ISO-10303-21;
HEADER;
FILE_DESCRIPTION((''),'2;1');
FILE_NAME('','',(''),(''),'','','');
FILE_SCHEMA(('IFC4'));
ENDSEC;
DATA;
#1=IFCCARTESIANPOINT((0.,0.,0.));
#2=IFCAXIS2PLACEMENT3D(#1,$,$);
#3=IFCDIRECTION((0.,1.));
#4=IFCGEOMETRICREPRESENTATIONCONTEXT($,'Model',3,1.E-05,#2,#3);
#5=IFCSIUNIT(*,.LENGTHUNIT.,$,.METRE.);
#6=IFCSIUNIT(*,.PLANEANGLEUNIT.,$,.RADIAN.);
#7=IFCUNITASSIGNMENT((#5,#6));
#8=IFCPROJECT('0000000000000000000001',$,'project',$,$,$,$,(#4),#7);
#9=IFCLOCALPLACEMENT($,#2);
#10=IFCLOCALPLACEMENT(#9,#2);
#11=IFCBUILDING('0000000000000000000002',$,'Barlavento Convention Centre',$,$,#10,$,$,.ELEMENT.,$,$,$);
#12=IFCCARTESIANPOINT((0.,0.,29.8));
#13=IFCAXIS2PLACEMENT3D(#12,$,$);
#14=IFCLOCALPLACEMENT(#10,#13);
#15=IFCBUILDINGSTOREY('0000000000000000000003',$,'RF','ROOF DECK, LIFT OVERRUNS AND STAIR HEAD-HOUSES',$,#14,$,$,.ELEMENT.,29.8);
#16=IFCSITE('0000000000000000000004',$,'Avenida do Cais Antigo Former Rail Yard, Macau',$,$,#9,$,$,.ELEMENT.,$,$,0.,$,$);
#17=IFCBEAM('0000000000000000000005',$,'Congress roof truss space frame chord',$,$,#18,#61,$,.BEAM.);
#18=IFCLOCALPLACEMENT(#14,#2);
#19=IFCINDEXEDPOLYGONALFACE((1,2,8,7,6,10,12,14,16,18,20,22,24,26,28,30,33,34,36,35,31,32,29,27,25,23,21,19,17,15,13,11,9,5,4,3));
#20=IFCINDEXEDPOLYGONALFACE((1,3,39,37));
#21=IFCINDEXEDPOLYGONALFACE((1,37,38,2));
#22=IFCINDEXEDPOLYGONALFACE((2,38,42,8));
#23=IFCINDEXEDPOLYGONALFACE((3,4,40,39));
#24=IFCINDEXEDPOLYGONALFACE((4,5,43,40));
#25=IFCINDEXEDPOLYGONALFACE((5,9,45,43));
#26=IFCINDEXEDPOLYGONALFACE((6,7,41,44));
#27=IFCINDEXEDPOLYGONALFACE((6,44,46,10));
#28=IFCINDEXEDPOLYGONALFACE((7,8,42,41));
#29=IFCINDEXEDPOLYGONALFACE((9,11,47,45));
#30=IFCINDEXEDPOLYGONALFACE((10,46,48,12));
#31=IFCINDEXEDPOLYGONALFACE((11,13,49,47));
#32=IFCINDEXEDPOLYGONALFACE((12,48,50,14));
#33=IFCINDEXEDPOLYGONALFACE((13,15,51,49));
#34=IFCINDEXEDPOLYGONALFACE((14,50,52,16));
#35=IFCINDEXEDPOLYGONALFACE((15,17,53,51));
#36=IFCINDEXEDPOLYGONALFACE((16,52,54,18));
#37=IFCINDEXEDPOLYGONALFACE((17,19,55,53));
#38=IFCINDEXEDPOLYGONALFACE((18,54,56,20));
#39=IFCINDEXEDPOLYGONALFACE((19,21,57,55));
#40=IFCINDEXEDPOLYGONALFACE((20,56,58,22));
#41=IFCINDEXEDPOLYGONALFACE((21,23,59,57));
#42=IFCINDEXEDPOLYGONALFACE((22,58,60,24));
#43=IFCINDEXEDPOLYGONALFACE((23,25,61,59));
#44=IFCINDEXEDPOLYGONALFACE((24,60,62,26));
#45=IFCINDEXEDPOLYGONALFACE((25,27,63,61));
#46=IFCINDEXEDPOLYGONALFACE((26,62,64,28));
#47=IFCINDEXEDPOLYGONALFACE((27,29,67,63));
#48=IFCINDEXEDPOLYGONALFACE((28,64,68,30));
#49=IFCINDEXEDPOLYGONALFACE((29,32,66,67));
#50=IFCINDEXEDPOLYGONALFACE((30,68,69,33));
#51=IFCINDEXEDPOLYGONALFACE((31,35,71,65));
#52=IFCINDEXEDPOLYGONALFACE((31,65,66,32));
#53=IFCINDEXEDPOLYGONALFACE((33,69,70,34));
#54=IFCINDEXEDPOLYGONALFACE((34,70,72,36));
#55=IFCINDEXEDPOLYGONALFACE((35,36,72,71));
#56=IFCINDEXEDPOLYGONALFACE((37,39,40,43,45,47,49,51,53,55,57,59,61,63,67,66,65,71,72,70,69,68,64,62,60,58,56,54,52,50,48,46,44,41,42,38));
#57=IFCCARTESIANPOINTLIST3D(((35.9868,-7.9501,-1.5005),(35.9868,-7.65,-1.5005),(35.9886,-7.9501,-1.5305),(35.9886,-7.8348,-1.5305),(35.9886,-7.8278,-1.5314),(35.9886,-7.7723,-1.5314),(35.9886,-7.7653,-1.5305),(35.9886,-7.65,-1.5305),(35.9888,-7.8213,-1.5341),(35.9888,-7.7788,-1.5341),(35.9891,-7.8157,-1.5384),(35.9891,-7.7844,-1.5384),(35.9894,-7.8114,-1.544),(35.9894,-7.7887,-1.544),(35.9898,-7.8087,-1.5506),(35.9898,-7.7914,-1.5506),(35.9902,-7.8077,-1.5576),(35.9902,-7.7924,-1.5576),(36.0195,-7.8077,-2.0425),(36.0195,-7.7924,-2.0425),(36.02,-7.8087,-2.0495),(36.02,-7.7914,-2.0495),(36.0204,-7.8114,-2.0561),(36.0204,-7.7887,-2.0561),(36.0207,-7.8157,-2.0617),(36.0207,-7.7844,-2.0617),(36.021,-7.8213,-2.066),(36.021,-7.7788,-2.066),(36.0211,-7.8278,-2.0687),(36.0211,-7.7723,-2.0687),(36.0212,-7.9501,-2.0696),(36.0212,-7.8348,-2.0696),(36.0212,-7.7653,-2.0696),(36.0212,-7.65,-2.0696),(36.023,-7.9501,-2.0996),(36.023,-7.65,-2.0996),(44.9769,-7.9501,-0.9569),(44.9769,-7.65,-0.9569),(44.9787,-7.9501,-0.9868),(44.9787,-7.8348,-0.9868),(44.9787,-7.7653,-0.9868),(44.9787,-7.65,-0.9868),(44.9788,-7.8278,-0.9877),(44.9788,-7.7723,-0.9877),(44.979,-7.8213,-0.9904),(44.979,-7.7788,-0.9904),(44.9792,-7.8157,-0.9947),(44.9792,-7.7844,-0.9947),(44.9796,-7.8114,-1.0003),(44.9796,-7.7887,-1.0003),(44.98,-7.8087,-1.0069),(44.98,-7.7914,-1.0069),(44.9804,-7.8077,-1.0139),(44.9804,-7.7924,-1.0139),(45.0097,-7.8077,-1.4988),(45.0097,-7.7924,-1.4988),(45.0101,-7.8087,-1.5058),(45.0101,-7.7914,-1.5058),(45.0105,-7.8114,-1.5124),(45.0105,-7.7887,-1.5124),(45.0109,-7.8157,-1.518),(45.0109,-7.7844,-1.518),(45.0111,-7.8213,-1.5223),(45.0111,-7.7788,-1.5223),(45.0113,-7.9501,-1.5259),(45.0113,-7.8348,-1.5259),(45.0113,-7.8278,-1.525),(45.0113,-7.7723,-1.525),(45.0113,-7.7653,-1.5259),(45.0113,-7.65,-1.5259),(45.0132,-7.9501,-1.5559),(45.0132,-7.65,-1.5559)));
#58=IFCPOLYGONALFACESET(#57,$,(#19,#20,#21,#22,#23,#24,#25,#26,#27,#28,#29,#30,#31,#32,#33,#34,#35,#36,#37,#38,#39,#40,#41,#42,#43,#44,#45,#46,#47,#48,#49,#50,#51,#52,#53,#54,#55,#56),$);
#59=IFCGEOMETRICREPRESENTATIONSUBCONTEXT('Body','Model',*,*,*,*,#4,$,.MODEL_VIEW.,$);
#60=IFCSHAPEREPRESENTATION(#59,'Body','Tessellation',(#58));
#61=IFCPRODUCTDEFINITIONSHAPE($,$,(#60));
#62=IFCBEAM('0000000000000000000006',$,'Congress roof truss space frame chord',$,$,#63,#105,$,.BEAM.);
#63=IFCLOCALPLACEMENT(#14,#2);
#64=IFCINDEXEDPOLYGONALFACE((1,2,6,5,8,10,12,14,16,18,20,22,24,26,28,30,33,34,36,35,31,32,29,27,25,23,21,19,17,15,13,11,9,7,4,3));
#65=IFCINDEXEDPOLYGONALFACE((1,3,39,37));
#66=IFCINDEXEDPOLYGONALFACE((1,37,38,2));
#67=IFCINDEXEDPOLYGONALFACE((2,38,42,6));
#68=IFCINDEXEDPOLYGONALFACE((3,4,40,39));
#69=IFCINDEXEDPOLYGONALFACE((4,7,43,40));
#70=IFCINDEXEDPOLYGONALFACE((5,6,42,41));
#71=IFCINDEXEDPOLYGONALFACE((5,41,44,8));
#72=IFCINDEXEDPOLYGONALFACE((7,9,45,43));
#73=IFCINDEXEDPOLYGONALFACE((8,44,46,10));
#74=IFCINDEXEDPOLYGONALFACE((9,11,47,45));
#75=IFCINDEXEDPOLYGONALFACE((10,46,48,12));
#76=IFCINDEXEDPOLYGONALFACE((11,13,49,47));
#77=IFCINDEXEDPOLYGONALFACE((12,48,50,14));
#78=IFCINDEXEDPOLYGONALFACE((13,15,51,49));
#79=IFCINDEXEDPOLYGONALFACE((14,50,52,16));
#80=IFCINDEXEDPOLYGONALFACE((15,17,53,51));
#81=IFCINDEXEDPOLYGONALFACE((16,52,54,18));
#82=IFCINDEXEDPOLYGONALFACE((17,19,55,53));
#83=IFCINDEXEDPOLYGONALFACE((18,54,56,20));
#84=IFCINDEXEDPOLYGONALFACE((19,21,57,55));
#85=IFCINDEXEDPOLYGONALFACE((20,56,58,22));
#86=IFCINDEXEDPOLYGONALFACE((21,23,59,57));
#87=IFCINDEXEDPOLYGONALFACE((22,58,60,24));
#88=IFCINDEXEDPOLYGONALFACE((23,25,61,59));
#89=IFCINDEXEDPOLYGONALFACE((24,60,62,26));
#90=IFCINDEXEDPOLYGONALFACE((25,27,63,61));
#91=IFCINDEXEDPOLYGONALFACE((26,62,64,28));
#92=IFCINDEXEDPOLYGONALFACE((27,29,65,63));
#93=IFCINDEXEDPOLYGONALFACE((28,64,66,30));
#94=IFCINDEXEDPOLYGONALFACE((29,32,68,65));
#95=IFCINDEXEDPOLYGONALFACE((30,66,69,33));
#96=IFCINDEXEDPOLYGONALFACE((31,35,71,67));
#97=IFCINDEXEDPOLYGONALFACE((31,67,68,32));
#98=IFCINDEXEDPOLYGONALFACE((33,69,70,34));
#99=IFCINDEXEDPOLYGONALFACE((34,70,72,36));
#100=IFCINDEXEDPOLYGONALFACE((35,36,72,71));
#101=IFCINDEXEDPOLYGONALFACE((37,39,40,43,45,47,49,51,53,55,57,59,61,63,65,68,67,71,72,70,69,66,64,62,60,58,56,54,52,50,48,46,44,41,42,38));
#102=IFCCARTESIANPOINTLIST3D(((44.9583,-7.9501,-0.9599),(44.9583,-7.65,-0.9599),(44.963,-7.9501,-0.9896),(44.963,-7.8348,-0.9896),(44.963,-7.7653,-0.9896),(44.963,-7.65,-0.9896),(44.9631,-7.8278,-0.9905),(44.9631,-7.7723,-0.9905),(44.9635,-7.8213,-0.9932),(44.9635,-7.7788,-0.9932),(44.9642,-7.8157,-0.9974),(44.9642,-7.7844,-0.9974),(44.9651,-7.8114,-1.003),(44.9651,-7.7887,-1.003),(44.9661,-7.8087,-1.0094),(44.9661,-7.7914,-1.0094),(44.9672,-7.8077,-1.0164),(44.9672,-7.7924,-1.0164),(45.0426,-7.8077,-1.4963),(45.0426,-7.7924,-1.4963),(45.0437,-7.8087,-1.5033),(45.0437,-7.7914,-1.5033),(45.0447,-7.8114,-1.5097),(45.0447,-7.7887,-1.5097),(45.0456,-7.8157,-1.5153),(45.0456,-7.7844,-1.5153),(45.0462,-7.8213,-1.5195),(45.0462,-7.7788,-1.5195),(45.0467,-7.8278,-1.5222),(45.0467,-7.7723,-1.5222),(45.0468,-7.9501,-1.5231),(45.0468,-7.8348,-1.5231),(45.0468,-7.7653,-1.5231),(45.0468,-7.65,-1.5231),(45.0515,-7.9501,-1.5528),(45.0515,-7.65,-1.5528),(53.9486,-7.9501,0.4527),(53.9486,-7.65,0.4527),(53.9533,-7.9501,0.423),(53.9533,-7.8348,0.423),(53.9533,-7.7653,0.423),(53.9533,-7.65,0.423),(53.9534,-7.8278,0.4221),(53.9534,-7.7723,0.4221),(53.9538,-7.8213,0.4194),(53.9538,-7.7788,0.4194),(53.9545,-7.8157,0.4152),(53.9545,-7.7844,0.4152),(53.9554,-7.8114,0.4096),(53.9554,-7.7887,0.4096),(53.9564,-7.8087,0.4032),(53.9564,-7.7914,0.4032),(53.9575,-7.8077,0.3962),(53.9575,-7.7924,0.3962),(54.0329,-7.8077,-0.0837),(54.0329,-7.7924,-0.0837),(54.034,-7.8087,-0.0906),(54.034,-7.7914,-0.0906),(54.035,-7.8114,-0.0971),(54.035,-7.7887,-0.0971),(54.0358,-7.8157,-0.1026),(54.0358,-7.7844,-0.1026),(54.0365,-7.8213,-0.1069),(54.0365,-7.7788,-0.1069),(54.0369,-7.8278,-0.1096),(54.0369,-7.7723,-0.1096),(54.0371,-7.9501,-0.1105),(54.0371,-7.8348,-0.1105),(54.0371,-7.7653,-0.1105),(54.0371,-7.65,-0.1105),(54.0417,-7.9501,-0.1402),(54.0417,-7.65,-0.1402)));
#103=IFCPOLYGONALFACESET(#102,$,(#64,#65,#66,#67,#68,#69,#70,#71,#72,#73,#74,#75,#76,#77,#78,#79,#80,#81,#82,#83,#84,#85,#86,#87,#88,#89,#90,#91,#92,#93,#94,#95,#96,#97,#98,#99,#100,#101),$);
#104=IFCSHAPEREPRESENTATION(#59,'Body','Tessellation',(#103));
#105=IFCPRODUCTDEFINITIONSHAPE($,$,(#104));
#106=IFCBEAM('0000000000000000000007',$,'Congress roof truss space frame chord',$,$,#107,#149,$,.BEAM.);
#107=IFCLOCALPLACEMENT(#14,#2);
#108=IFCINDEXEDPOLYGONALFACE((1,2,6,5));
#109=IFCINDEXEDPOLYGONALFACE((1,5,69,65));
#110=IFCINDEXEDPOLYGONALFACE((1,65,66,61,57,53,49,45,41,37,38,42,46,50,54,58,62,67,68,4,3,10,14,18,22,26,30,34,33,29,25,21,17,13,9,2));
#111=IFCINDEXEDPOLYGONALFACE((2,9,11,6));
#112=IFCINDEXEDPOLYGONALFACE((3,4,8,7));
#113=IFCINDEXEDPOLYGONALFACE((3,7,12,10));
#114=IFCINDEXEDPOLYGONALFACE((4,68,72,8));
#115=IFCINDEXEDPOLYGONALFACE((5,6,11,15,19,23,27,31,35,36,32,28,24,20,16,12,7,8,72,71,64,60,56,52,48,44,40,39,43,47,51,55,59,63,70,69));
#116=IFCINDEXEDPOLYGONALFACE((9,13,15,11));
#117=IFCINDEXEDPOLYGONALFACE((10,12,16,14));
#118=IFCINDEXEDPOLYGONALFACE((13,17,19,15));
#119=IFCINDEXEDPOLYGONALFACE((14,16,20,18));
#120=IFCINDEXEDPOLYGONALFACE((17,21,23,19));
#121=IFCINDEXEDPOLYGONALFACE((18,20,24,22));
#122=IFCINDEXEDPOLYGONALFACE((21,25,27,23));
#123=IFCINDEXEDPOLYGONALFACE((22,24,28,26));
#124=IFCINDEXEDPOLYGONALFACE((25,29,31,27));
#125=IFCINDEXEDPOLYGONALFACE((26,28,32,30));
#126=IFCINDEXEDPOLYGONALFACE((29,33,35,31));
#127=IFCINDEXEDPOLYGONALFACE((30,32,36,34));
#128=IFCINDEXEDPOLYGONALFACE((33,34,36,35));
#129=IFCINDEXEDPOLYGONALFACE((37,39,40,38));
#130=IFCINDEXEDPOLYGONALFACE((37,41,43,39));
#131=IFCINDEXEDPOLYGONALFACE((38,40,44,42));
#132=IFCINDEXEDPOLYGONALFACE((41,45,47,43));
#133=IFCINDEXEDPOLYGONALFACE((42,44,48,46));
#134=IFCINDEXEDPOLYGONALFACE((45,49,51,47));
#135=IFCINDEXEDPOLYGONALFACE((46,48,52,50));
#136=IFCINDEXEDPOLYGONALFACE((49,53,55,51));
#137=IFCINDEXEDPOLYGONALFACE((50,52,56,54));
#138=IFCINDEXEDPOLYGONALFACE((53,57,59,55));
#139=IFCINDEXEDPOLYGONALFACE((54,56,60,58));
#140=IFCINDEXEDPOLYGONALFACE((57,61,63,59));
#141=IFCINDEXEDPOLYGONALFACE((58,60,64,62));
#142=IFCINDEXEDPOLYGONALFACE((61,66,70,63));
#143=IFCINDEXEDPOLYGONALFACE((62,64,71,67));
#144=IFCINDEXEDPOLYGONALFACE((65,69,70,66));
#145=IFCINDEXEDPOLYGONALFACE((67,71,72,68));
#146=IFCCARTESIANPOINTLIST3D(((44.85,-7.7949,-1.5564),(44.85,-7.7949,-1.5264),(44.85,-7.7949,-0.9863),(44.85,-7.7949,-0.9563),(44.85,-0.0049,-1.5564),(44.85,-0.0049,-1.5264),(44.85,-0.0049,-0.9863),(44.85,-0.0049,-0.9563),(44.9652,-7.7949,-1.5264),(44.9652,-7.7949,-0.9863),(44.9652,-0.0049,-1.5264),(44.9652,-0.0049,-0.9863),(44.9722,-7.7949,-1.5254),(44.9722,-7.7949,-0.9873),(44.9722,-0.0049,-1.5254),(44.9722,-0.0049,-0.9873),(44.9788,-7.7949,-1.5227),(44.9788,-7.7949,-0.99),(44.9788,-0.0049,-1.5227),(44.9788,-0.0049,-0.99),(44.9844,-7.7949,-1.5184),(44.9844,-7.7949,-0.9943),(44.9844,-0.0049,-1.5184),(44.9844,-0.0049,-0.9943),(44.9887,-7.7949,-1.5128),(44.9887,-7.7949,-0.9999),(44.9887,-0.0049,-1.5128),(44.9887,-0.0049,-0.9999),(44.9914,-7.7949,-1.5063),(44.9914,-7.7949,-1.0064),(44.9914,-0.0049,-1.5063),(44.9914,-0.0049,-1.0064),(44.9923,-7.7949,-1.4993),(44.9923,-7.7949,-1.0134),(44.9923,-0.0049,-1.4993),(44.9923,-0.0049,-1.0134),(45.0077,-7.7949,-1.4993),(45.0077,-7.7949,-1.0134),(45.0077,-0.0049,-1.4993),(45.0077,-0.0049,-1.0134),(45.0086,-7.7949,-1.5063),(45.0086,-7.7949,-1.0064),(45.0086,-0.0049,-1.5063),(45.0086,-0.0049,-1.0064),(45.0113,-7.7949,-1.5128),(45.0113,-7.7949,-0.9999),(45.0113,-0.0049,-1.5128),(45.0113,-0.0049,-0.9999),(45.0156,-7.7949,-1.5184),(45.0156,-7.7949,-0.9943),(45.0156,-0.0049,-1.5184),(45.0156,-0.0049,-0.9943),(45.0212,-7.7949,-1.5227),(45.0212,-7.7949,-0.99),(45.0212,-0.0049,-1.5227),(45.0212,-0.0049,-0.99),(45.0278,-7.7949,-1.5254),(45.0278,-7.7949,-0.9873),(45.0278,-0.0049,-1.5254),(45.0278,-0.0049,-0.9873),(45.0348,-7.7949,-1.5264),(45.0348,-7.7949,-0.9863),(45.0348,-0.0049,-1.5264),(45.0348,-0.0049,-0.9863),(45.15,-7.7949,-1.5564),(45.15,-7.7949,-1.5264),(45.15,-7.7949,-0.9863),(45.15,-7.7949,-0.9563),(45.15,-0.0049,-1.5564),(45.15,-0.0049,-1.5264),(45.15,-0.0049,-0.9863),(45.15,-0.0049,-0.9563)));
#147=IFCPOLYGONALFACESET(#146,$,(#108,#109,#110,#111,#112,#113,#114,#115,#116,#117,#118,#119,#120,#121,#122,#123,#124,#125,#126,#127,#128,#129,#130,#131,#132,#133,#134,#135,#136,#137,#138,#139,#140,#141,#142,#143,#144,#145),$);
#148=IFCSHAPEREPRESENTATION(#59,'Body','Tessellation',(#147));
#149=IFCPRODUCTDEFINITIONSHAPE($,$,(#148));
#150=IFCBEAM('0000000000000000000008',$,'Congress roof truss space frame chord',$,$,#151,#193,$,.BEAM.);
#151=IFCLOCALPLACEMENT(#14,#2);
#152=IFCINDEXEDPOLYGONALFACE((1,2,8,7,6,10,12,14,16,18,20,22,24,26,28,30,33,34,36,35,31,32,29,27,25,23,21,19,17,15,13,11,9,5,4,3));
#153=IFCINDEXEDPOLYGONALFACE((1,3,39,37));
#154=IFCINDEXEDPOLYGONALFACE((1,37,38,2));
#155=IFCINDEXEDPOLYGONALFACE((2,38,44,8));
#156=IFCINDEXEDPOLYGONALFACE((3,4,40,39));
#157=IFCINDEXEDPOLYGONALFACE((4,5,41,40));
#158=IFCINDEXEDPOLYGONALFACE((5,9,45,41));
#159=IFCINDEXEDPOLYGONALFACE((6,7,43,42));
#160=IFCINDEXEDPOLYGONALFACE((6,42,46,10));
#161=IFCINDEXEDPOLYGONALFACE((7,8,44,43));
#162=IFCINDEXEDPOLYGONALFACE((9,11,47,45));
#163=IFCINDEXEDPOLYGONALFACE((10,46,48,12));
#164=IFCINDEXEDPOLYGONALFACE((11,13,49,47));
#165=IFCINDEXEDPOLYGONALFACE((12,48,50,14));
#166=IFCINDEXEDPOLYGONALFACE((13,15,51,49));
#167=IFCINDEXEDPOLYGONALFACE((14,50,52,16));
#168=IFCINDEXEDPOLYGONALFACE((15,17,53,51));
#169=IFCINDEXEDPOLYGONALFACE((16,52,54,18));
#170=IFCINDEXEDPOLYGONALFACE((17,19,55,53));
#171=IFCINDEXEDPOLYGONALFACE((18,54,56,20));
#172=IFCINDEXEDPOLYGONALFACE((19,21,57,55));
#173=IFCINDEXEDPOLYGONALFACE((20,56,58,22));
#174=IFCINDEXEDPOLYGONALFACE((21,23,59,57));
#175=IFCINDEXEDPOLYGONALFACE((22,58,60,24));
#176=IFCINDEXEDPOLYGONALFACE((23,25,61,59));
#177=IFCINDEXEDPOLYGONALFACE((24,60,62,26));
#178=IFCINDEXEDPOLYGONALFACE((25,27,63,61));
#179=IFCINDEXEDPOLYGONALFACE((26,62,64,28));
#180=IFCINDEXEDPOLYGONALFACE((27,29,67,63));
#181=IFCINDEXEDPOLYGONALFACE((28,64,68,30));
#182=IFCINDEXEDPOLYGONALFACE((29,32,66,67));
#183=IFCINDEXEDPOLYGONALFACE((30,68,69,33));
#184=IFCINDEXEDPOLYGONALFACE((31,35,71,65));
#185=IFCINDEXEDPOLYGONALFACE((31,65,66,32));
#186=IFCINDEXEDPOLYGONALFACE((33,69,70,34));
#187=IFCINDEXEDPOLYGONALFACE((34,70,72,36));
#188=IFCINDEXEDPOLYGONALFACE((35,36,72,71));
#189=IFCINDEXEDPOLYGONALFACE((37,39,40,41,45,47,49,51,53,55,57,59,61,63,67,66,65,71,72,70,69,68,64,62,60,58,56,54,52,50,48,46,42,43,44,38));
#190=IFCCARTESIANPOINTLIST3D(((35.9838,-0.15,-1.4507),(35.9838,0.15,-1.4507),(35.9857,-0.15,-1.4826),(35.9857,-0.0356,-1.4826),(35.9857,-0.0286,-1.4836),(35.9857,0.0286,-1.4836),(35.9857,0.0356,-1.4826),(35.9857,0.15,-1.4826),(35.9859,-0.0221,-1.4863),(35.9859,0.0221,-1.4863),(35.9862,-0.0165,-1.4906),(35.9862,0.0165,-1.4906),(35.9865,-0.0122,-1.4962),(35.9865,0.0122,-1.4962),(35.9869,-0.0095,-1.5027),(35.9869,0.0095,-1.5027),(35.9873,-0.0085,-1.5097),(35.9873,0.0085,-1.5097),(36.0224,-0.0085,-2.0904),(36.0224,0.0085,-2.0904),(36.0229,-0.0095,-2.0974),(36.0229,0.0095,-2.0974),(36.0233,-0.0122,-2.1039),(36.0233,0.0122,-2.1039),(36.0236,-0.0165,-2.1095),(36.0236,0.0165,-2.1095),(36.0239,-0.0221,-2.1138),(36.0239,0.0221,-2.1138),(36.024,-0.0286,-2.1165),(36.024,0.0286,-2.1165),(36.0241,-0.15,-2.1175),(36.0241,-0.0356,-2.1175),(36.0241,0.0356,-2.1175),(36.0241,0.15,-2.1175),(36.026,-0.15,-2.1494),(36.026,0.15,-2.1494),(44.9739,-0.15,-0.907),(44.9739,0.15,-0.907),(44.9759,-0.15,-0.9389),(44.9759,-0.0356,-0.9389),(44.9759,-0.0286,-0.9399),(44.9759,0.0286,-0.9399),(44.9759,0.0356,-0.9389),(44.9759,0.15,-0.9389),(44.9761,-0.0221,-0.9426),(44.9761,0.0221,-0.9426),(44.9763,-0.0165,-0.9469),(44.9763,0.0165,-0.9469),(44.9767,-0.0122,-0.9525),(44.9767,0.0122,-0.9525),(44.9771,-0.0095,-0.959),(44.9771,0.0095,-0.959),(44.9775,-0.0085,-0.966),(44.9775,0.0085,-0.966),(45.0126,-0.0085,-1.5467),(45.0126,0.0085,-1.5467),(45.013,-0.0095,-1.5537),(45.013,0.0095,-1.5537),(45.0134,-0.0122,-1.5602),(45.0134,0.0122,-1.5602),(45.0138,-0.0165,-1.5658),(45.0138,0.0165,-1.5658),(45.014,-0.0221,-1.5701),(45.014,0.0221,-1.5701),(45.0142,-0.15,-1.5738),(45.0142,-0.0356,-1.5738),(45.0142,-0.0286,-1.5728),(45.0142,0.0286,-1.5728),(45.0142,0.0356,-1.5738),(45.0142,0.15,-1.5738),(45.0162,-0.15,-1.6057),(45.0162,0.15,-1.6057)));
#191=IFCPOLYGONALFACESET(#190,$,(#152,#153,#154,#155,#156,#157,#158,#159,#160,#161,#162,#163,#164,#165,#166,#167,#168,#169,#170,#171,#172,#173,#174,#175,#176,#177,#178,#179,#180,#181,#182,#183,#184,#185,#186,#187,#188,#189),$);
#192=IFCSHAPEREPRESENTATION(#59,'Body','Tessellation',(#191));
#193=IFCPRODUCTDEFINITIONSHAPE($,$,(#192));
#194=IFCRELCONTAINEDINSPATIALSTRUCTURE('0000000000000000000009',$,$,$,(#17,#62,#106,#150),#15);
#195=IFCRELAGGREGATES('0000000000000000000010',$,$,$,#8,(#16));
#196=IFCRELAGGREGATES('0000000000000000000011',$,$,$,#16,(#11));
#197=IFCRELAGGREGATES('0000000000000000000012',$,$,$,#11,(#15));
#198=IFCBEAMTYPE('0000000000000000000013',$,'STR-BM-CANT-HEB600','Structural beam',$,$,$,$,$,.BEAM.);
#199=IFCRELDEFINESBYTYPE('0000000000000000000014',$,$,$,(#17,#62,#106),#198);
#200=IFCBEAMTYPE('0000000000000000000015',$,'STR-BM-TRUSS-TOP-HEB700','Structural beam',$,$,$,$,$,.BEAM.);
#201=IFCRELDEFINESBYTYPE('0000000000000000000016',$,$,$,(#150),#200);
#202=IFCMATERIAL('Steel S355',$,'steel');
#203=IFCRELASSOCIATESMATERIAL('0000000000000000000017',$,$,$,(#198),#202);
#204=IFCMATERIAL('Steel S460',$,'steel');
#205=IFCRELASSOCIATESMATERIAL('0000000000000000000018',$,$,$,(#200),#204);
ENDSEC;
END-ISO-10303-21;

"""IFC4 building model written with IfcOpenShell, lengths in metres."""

from ifc_helpers import new_model, si_unit, direction, frame, origin, origin_2d, place, context, subcontext, project, spatial, i_section, extrude, material, material_profile, profile_set, type_object, element, save


model = new_model("IFC4")

# Units and contexts
model_context = context("Model", 3, precision=1e-05, world=origin(), true_north=direction((0.0, 1.0)))
body_context = subcontext(model_context, "Body", "Model", "MODEL_VIEW")
ifc_project = project(units=[si_unit("LENGTHUNIT", "METRE"), si_unit("PLANEANGLEUNIT", "RADIAN")], contexts=[model_context])

# Site, building, storey
site_placement = place(None, origin())
site = spatial("IfcSite", under=ifc_project, at=site_placement, Name="Avenida do Cais Antigo Former Rail Yard, Macau", CompositionType="ELEMENT", RefElevation=0.0)
building_placement = place(site_placement, origin())
building = spatial("IfcBuilding", under=site, at=building_placement, Name="Barlavento Convention Centre", CompositionType="ELEMENT")
storey_placement = place(building_placement, frame((0.0, 0.0, 29.8)))
storey = spatial("IfcBuildingStorey", under=building, at=storey_placement, Name="RF", Description="ROOF DECK, LIFT OVERRUNS AND STAIR HEAD-HOUSES", CompositionType="ELEMENT", Elevation=29.8)

# Beams
ifc_material_1 = material(Name="Steel S355", Category="steel")
ifc_material_profile_1 = material_profile(ifc_material_1, i_section(OverallWidth=0.3, OverallDepth=0.6001, WebThickness=0.0154, FlangeThickness=0.03, FilletRadius=0.0271, at=origin_2d()), Name="HEB 600")
ifc_profile_set_1 = profile_set([ifc_material_profile_1], Name="Steel S355")
beam_type_1 = type_object("IfcBeamType", Name="STR-BM-CANT-HEB600", Description="Structural beam", PredefinedType="BEAM", material=ifc_profile_set_1)
beam_1_placement = place(storey_placement, frame((36.0049, -7.8, -1.8), z_axis=(0.998176, 0.0, 0.060367), x_axis=(0.0, 1.0, 0.0)))
element("IfcBeam", 1, at=beam_1_placement, inside=storey, type_object=beam_type_1, Name="Congress roof truss space frame chord", PredefinedType="BEAM", context=body_context, shape_type="SweptSolid", body=[
    extrude(i_section(OverallWidth=0.3, OverallDepth=0.6001, WebThickness=0.0154, FlangeThickness=0.03, FilletRadius=0.0271, at=origin_2d()), origin(), (0.0, 0.0, 1.0), 9.0066),
])
beam_2_placement = place(storey_placement, frame((45.0049, -7.8, -1.2563), z_axis=(0.98788, 0.0, 0.155221), x_axis=(0.0, 1.0, 0.0)))
element("IfcBeam", 2, at=beam_2_placement, inside=storey, type_object=beam_type_1, Name="Congress roof truss space frame chord", PredefinedType="BEAM", context=body_context, shape_type="SweptSolid", body=[
    extrude(i_section(OverallWidth=0.3, OverallDepth=0.6001, WebThickness=0.0154, FlangeThickness=0.03, FilletRadius=0.0271, at=origin_2d()), origin(), (0.0, 0.0, 1.0), 9.1006),
])
beam_3_placement = place(storey_placement, frame((45.0, -7.7949, -1.2563), z_axis=(0.0, 1.0, 0.0), x_axis=(-1.0, 0.0, 0.0)))
element("IfcBeam", 3, at=beam_3_placement, inside=storey, type_object=beam_type_1, Name="Congress roof truss space frame chord", PredefinedType="BEAM", context=body_context, shape_type="SweptSolid", body=[
    extrude(i_section(OverallWidth=0.3, OverallDepth=0.6001, WebThickness=0.0154, FlangeThickness=0.03, FilletRadius=0.0271, at=origin_2d()), origin(), (0.0, 0.0, 1.0), 7.79),
])
ifc_material_2 = material(Name="Steel S460", Category="steel")
ifc_material_profile_2 = material_profile(ifc_material_2, i_section(OverallWidth=0.3, OverallDepth=0.7, WebThickness=0.0171, FlangeThickness=0.032, FilletRadius=0.0271, at=origin_2d()), Name="HEB 700")
ifc_profile_set_2 = profile_set([ifc_material_profile_2], Name="Steel S460")
beam_type_2 = type_object("IfcBeamType", Name="STR-BM-TRUSS-TOP-HEB700", Description="Structural beam", PredefinedType="BEAM", material=ifc_profile_set_2)
beam_4_placement = place(storey_placement, frame((36.0049, 0.0, -1.8), z_axis=(0.998176, 0.0, 0.060367), x_axis=(0.0, 1.0, 0.0)))
element("IfcBeam", 4, at=beam_4_placement, inside=storey, type_object=beam_type_2, Name="Congress roof truss space frame chord", PredefinedType="BEAM", context=body_context, shape_type="SweptSolid", body=[
    extrude(i_section(OverallWidth=0.3, OverallDepth=0.7, WebThickness=0.0171, FlangeThickness=0.032, FilletRadius=0.0271, at=origin_2d()), origin(), (0.0, 0.0, 1.0), 9.0066),
])

save(model, "model.ifc")
